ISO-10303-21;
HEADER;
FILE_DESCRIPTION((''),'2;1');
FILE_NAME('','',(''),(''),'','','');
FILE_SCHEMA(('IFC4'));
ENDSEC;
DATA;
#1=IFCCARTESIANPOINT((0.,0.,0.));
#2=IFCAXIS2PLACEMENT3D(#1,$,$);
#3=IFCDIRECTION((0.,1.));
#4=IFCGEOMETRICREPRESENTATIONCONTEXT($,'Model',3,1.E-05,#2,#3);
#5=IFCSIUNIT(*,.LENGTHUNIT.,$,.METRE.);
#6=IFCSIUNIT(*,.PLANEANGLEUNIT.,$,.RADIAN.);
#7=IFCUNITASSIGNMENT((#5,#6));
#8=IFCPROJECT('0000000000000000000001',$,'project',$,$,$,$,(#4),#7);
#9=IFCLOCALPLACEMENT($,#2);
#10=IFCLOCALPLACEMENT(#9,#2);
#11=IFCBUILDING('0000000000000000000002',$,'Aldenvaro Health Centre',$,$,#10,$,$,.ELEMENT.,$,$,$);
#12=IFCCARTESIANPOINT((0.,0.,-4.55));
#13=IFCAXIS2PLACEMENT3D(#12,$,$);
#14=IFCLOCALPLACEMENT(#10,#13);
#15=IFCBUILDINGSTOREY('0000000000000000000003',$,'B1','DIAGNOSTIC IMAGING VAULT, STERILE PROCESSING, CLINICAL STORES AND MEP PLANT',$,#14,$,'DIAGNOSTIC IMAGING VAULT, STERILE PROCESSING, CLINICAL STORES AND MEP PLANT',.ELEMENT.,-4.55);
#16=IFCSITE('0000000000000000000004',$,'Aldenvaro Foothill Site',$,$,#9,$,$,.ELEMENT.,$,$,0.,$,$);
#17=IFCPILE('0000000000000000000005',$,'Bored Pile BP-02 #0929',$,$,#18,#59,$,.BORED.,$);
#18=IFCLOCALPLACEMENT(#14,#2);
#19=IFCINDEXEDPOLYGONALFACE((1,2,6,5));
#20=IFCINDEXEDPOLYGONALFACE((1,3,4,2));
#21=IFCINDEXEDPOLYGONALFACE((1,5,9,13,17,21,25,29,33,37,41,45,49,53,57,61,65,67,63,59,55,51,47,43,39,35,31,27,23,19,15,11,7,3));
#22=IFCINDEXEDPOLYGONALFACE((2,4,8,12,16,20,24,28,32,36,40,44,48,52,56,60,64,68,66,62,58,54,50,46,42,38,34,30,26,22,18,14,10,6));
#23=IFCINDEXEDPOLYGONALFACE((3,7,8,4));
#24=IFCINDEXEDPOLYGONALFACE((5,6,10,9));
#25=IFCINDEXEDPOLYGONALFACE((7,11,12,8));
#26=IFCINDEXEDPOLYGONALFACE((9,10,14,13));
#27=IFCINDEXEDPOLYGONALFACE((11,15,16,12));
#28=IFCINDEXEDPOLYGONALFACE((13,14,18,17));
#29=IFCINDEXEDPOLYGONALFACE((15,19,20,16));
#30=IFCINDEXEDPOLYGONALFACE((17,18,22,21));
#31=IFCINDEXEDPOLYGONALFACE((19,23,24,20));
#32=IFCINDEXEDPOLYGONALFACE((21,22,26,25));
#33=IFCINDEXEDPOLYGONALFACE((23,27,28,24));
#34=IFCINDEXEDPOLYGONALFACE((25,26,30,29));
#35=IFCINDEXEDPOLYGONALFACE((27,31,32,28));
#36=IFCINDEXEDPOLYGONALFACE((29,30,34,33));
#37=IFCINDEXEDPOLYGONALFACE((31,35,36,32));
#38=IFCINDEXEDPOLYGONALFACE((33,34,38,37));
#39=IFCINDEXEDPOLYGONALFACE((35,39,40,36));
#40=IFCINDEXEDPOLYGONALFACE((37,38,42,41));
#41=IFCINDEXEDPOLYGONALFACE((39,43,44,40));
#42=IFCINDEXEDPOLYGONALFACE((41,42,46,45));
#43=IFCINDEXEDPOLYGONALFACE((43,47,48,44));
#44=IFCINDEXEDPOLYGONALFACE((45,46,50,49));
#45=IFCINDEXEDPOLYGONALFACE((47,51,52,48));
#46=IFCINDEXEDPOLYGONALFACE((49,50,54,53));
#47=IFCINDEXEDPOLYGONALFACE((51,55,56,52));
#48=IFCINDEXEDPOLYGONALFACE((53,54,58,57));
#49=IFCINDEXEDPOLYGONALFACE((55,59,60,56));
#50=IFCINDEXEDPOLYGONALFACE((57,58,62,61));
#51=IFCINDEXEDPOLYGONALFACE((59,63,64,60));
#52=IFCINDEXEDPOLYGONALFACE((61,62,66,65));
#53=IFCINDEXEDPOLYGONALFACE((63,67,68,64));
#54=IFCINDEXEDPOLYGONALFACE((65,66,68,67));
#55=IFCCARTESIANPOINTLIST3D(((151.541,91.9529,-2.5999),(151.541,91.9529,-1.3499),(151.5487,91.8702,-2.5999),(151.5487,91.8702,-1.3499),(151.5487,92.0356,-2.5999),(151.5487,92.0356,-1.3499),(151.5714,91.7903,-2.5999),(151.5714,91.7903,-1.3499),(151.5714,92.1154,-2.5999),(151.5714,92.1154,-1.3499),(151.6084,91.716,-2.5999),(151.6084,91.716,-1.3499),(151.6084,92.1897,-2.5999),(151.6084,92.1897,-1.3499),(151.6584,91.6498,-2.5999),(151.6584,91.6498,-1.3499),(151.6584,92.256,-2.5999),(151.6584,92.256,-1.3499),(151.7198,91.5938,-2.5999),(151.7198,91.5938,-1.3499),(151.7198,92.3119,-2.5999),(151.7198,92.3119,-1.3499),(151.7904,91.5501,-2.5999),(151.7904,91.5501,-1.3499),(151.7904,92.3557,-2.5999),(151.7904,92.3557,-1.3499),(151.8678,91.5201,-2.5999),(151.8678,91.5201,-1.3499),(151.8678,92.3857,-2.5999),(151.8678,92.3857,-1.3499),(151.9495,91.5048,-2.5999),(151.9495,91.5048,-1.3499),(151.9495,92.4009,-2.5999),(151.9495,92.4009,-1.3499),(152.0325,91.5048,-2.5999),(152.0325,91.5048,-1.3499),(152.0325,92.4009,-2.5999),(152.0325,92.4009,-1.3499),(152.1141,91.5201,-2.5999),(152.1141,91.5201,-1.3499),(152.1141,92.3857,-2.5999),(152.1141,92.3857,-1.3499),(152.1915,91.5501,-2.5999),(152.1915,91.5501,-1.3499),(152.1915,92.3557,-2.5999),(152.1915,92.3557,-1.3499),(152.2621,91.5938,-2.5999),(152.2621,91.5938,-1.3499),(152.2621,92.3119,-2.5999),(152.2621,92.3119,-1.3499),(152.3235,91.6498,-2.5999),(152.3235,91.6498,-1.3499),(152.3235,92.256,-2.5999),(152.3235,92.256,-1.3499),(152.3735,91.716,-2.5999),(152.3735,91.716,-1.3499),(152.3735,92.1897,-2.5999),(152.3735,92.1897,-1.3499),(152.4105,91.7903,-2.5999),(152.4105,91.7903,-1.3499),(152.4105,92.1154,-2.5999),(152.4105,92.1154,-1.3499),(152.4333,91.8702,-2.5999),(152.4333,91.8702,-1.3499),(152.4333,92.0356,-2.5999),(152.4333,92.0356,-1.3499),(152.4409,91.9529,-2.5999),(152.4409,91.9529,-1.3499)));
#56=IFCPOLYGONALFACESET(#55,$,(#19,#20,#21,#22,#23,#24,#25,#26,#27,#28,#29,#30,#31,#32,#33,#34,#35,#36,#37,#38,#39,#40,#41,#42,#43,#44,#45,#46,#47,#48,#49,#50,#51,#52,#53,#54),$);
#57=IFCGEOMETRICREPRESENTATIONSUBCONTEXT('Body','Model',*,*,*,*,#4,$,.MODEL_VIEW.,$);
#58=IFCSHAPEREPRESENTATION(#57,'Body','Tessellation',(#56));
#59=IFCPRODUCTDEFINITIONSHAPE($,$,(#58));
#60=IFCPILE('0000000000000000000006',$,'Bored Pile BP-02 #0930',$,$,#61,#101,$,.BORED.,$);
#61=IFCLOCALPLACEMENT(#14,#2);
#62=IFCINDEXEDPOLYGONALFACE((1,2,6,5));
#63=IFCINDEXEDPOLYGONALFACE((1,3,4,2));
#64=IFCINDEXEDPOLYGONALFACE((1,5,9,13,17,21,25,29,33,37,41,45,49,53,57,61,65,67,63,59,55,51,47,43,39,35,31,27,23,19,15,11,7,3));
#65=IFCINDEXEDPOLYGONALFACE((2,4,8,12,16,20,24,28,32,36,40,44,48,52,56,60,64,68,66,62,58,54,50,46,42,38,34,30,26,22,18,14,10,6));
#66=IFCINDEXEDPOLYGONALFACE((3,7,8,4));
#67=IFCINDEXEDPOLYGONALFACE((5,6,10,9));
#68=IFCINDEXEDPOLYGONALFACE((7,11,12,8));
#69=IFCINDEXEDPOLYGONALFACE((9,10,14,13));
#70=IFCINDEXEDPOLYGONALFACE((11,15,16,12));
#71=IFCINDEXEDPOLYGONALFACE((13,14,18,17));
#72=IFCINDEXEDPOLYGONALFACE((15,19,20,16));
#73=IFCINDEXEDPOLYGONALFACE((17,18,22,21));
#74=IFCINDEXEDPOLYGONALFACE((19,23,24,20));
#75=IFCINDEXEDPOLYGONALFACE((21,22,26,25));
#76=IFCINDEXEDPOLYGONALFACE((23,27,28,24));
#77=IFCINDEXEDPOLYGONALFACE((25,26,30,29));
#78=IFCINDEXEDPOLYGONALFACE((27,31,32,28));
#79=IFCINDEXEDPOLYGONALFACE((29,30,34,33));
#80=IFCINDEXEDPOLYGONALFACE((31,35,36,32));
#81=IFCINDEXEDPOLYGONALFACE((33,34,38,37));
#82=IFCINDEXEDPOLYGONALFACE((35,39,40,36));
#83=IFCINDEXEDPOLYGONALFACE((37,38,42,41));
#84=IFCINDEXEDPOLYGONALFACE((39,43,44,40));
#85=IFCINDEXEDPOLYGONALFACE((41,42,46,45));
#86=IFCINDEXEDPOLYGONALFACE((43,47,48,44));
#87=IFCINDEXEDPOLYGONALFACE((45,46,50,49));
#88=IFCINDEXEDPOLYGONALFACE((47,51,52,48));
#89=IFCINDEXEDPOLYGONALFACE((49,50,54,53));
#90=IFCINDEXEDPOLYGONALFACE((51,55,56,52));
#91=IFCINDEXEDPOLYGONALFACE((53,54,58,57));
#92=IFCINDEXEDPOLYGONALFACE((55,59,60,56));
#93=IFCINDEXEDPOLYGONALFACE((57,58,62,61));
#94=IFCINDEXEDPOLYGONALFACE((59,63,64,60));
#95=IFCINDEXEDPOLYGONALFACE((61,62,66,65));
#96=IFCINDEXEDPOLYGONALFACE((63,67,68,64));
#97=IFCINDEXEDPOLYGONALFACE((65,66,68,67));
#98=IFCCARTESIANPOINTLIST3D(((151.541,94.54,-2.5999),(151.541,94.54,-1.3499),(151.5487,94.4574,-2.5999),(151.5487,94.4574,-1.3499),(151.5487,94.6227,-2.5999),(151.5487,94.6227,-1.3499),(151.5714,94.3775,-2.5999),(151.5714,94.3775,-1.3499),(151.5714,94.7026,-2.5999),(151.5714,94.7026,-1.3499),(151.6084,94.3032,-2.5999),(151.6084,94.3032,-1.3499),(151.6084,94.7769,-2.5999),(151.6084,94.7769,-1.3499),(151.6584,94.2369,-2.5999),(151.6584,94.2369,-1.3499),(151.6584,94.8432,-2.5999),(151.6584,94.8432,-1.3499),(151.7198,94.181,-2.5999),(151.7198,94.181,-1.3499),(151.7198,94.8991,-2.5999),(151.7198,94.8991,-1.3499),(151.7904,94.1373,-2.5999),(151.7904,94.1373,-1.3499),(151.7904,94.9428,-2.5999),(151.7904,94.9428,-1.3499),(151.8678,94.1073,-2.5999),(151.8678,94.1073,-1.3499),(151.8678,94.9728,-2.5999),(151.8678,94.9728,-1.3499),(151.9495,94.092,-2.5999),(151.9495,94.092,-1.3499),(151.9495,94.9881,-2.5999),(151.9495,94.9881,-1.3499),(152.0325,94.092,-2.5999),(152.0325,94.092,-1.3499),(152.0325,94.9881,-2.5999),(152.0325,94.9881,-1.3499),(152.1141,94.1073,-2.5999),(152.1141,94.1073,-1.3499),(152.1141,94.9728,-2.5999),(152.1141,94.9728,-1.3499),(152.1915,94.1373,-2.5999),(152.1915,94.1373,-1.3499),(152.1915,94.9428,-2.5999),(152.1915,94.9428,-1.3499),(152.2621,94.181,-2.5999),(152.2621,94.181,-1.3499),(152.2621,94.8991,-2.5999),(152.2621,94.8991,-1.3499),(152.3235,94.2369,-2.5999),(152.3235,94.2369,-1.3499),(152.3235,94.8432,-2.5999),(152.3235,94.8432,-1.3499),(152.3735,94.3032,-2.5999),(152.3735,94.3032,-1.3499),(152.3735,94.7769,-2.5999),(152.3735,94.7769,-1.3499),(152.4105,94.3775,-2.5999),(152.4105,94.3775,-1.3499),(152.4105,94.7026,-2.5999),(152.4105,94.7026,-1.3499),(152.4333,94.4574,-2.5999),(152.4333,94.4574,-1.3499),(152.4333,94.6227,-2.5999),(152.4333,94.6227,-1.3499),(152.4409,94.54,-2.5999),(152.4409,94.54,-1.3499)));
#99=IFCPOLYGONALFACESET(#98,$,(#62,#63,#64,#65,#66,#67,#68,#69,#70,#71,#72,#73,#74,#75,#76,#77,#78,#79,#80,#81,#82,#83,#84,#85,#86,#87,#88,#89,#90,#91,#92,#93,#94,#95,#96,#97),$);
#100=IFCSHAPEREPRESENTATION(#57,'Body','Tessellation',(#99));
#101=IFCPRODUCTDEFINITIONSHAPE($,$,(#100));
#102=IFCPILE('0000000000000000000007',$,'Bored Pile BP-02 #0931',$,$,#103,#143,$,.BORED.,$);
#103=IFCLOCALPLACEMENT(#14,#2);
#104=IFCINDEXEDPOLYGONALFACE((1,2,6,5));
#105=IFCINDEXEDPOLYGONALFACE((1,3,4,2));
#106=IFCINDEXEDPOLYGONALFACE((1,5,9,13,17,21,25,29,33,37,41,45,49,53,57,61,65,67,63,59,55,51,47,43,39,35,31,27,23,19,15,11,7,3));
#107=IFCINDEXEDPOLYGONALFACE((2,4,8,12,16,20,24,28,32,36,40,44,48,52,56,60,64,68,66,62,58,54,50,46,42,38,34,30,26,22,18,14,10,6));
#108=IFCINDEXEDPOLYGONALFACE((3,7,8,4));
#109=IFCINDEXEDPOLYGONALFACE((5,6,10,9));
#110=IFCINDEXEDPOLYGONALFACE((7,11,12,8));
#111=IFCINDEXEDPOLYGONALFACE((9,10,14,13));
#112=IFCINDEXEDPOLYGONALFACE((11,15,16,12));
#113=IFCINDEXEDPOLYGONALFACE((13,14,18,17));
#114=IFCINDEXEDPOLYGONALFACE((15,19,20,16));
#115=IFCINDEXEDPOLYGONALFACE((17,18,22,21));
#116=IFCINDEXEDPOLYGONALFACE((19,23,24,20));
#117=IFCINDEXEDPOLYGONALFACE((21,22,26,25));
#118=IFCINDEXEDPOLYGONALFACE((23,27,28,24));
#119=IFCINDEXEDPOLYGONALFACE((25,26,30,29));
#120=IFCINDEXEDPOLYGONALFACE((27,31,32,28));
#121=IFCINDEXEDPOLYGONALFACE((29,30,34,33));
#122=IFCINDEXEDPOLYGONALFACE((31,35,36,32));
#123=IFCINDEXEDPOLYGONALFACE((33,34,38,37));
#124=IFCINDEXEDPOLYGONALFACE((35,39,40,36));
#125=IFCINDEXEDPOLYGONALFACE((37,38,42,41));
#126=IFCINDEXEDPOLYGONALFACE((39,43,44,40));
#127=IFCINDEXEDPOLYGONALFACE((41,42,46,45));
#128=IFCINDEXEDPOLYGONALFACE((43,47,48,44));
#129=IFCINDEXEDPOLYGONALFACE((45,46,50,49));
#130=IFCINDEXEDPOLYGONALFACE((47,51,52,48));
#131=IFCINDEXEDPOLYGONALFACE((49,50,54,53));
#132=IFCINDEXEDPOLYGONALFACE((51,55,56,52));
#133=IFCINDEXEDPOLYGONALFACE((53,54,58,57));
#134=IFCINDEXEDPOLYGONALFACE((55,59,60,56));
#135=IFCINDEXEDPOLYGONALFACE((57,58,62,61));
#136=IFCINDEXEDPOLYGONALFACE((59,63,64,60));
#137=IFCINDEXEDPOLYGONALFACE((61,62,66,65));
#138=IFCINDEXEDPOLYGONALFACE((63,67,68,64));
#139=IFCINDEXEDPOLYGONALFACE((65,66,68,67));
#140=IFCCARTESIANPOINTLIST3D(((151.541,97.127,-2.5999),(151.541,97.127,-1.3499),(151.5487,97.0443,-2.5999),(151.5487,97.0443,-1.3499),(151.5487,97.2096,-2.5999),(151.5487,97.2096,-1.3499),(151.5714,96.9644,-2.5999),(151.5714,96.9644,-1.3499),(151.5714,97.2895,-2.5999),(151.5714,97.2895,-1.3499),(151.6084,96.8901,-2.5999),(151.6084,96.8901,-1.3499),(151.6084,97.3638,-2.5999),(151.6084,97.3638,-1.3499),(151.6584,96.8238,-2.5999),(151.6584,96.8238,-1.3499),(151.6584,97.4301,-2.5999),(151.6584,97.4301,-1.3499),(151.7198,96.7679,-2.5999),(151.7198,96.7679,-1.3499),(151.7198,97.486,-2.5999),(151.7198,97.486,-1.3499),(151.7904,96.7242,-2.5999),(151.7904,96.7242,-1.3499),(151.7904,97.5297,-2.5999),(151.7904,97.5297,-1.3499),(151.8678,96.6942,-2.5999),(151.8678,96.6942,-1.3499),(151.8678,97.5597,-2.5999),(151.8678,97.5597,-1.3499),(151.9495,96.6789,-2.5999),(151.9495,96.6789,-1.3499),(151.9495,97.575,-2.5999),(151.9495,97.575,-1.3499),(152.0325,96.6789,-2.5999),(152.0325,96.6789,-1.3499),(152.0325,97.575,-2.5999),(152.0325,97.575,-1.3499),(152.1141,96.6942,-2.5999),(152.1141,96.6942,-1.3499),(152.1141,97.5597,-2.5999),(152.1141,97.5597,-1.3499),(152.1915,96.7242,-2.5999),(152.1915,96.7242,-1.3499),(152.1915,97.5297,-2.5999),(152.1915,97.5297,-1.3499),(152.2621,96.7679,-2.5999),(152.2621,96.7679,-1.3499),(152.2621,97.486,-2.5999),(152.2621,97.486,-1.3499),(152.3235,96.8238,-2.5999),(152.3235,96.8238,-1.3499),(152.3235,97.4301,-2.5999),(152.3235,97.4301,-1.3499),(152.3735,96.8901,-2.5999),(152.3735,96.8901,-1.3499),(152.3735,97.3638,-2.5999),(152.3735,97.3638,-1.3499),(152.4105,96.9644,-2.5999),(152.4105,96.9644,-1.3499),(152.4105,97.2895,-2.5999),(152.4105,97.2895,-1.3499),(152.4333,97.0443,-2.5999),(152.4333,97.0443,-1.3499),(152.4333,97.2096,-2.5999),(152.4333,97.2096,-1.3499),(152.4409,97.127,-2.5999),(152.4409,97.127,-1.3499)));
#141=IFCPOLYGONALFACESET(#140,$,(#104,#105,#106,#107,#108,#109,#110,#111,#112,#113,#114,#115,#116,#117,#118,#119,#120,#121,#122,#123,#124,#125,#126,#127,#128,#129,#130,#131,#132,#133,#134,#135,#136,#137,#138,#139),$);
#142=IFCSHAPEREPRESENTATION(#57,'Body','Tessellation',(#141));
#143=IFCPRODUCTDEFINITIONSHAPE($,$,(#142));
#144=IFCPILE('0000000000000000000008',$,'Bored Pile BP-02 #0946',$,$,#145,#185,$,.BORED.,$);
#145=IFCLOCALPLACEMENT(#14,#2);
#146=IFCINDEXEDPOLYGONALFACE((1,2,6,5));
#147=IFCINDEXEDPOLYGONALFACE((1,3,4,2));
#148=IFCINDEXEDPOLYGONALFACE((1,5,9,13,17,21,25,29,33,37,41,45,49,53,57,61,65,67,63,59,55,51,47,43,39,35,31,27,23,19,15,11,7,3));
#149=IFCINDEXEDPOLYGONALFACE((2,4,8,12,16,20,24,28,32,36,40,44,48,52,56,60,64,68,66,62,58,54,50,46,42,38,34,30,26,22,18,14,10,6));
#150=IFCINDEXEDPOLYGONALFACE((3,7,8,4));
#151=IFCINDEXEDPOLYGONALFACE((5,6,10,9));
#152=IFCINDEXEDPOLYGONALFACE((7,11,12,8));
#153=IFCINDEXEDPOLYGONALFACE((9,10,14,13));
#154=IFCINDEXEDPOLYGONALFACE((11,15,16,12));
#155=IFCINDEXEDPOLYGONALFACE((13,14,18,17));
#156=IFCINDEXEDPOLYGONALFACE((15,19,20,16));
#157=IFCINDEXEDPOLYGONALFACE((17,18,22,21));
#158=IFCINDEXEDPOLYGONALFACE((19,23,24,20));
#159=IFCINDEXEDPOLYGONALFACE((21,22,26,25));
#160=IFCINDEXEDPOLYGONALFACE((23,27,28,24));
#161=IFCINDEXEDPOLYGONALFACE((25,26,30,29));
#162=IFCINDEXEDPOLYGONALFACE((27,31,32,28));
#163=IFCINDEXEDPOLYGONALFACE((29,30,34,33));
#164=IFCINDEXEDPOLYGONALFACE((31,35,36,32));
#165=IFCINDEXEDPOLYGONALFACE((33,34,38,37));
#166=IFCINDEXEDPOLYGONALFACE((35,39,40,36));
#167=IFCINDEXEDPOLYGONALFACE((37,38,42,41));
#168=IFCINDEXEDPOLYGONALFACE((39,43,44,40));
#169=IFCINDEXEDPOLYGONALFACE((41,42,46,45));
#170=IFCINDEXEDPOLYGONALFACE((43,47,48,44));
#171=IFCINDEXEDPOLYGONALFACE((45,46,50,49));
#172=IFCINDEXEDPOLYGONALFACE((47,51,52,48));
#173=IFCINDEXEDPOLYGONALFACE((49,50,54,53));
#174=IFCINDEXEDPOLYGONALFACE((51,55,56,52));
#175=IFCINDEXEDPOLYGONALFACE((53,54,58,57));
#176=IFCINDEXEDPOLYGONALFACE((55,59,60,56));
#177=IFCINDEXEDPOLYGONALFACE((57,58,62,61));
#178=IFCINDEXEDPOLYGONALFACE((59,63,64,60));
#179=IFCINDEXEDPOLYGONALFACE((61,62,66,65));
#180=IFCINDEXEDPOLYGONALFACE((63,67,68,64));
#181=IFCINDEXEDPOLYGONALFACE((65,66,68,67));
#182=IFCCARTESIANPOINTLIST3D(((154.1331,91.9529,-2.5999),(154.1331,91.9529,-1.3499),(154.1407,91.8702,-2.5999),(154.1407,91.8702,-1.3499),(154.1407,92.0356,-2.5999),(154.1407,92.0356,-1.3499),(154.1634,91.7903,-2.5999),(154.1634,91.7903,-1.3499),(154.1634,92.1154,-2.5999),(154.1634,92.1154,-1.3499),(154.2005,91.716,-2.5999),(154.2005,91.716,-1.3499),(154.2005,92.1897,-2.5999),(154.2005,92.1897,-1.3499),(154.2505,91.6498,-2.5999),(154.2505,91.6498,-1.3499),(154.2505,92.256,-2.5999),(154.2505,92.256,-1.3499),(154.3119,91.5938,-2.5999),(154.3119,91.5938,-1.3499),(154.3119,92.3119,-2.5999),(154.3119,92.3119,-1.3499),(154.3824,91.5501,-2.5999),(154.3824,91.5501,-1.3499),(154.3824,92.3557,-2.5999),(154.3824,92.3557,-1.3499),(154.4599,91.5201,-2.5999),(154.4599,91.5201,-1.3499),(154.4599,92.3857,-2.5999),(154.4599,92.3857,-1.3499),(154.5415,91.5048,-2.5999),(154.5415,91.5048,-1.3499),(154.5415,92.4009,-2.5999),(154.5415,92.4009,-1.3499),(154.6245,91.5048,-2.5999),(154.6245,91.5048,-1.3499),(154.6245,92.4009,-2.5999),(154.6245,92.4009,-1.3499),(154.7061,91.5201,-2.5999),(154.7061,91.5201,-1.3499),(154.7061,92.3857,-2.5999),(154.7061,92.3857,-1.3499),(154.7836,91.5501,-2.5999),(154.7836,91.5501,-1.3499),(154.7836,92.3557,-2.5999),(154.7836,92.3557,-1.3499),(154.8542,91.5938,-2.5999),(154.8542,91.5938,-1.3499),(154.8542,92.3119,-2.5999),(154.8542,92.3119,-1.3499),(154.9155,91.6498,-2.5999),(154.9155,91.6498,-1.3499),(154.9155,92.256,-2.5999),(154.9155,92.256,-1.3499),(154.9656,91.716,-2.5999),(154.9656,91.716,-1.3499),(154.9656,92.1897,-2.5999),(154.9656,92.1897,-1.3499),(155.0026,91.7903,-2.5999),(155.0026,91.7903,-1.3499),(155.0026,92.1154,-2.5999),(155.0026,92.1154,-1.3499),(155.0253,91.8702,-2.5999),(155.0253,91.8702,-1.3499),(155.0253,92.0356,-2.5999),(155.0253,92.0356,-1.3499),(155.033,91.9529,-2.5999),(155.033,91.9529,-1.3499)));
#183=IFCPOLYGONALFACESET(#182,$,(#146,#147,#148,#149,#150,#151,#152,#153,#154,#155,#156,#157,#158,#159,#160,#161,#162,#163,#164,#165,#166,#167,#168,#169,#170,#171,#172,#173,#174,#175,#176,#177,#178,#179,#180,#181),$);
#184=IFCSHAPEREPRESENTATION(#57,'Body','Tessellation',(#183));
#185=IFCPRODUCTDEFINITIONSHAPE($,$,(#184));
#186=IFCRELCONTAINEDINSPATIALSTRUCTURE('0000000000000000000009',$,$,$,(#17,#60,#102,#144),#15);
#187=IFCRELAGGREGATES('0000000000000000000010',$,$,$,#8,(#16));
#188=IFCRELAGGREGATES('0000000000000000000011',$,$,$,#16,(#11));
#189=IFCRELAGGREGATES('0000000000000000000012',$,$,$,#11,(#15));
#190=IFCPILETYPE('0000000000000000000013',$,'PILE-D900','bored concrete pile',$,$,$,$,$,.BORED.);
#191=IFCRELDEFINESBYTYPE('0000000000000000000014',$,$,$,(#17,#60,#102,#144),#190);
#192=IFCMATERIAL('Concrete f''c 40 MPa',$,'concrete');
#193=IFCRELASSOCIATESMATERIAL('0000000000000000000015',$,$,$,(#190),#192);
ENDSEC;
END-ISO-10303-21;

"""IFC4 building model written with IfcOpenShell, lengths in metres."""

from ifc_helpers import new_model, si_unit, direction, frame, origin, origin_2d, place, context, subcontext, project, spatial, circle, extrude, material, material_profile, profile_set, type_object, element, save


model = new_model("IFC4")

# Units and contexts
model_context = context("Model", 3, precision=1e-05, world=origin(), true_north=direction((0.0, 1.0)))
body_context = subcontext(model_context, "Body", "Model", "MODEL_VIEW")
ifc_project = project(units=[si_unit("LENGTHUNIT", "METRE"), si_unit("PLANEANGLEUNIT", "RADIAN")], contexts=[model_context])

# Site, building, storey
site_placement = place(None, origin())
site = spatial("IfcSite", under=ifc_project, at=site_placement, Name="Aldenvaro Foothill Site", CompositionType="ELEMENT", RefElevation=0.0)
building_placement = place(site_placement, origin())
building = spatial("IfcBuilding", under=site, at=building_placement, Name="Aldenvaro Health Centre", CompositionType="ELEMENT")
storey_placement = place(building_placement, frame((0.0, 0.0, -4.55)))
storey = spatial("IfcBuildingStorey", under=building, at=storey_placement, Name="B1", Description="DIAGNOSTIC IMAGING VAULT, STERILE PROCESSING, CLINICAL STORES AND MEP PLANT", LongName="DIAGNOSTIC IMAGING VAULT, STERILE PROCESSING, CLINICAL STORES AND MEP PLANT", CompositionType="ELEMENT", Elevation=-4.55)

# Shared definitions
ifc_material_1 = material(Name="Concrete f'c 40 MPa", Category="concrete")

# Piles
ifc_material_profile_1 = material_profile(ifc_material_1, circle(Radius=0.45, at=origin_2d()), Name="PILE D900", Category="concrete")
ifc_profile_set_1 = profile_set([ifc_material_profile_1], Name="Concrete f'c 40 MPa")
pile_type = type_object("IfcPileType", Name="PILE-D900", Description="bored concrete pile", PredefinedType="BORED", material=ifc_profile_set_1)
for number, where, z_axis, x_axis, name in (
    (1, (151.991, 91.9529, -1.3499), (0.0, 0.0, -1.0), (1.0, 0.0, 0.0), "Bored Pile BP-02 #0929"),
    (2, (151.991, 94.54, -1.3499), (0.0, 0.0, -1.0), (1.0, 0.0, 0.0), "Bored Pile BP-02 #0930"),
    (3, (151.991, 97.127, -1.3499), (0.0, 0.0, -1.0), (1.0, 0.0, 0.0), "Bored Pile BP-02 #0931"),
    (4, (154.583, 91.9529, -1.3499), (0.0, 0.0, -1.0), (1.0, 0.0, 0.0), "Bored Pile BP-02 #0946"),
):
    element("IfcPile", number, at=place(storey_placement, frame(where, z_axis=z_axis, x_axis=x_axis)), inside=storey, type_object=pile_type, Name=name, PredefinedType="BORED", context=body_context, shape_type="SweptSolid", body=[
        extrude(circle(Radius=0.45, at=origin_2d()), origin(), (0.0, 0.0, 1.0), 1.25),
    ])

save(model, "model.ifc")
